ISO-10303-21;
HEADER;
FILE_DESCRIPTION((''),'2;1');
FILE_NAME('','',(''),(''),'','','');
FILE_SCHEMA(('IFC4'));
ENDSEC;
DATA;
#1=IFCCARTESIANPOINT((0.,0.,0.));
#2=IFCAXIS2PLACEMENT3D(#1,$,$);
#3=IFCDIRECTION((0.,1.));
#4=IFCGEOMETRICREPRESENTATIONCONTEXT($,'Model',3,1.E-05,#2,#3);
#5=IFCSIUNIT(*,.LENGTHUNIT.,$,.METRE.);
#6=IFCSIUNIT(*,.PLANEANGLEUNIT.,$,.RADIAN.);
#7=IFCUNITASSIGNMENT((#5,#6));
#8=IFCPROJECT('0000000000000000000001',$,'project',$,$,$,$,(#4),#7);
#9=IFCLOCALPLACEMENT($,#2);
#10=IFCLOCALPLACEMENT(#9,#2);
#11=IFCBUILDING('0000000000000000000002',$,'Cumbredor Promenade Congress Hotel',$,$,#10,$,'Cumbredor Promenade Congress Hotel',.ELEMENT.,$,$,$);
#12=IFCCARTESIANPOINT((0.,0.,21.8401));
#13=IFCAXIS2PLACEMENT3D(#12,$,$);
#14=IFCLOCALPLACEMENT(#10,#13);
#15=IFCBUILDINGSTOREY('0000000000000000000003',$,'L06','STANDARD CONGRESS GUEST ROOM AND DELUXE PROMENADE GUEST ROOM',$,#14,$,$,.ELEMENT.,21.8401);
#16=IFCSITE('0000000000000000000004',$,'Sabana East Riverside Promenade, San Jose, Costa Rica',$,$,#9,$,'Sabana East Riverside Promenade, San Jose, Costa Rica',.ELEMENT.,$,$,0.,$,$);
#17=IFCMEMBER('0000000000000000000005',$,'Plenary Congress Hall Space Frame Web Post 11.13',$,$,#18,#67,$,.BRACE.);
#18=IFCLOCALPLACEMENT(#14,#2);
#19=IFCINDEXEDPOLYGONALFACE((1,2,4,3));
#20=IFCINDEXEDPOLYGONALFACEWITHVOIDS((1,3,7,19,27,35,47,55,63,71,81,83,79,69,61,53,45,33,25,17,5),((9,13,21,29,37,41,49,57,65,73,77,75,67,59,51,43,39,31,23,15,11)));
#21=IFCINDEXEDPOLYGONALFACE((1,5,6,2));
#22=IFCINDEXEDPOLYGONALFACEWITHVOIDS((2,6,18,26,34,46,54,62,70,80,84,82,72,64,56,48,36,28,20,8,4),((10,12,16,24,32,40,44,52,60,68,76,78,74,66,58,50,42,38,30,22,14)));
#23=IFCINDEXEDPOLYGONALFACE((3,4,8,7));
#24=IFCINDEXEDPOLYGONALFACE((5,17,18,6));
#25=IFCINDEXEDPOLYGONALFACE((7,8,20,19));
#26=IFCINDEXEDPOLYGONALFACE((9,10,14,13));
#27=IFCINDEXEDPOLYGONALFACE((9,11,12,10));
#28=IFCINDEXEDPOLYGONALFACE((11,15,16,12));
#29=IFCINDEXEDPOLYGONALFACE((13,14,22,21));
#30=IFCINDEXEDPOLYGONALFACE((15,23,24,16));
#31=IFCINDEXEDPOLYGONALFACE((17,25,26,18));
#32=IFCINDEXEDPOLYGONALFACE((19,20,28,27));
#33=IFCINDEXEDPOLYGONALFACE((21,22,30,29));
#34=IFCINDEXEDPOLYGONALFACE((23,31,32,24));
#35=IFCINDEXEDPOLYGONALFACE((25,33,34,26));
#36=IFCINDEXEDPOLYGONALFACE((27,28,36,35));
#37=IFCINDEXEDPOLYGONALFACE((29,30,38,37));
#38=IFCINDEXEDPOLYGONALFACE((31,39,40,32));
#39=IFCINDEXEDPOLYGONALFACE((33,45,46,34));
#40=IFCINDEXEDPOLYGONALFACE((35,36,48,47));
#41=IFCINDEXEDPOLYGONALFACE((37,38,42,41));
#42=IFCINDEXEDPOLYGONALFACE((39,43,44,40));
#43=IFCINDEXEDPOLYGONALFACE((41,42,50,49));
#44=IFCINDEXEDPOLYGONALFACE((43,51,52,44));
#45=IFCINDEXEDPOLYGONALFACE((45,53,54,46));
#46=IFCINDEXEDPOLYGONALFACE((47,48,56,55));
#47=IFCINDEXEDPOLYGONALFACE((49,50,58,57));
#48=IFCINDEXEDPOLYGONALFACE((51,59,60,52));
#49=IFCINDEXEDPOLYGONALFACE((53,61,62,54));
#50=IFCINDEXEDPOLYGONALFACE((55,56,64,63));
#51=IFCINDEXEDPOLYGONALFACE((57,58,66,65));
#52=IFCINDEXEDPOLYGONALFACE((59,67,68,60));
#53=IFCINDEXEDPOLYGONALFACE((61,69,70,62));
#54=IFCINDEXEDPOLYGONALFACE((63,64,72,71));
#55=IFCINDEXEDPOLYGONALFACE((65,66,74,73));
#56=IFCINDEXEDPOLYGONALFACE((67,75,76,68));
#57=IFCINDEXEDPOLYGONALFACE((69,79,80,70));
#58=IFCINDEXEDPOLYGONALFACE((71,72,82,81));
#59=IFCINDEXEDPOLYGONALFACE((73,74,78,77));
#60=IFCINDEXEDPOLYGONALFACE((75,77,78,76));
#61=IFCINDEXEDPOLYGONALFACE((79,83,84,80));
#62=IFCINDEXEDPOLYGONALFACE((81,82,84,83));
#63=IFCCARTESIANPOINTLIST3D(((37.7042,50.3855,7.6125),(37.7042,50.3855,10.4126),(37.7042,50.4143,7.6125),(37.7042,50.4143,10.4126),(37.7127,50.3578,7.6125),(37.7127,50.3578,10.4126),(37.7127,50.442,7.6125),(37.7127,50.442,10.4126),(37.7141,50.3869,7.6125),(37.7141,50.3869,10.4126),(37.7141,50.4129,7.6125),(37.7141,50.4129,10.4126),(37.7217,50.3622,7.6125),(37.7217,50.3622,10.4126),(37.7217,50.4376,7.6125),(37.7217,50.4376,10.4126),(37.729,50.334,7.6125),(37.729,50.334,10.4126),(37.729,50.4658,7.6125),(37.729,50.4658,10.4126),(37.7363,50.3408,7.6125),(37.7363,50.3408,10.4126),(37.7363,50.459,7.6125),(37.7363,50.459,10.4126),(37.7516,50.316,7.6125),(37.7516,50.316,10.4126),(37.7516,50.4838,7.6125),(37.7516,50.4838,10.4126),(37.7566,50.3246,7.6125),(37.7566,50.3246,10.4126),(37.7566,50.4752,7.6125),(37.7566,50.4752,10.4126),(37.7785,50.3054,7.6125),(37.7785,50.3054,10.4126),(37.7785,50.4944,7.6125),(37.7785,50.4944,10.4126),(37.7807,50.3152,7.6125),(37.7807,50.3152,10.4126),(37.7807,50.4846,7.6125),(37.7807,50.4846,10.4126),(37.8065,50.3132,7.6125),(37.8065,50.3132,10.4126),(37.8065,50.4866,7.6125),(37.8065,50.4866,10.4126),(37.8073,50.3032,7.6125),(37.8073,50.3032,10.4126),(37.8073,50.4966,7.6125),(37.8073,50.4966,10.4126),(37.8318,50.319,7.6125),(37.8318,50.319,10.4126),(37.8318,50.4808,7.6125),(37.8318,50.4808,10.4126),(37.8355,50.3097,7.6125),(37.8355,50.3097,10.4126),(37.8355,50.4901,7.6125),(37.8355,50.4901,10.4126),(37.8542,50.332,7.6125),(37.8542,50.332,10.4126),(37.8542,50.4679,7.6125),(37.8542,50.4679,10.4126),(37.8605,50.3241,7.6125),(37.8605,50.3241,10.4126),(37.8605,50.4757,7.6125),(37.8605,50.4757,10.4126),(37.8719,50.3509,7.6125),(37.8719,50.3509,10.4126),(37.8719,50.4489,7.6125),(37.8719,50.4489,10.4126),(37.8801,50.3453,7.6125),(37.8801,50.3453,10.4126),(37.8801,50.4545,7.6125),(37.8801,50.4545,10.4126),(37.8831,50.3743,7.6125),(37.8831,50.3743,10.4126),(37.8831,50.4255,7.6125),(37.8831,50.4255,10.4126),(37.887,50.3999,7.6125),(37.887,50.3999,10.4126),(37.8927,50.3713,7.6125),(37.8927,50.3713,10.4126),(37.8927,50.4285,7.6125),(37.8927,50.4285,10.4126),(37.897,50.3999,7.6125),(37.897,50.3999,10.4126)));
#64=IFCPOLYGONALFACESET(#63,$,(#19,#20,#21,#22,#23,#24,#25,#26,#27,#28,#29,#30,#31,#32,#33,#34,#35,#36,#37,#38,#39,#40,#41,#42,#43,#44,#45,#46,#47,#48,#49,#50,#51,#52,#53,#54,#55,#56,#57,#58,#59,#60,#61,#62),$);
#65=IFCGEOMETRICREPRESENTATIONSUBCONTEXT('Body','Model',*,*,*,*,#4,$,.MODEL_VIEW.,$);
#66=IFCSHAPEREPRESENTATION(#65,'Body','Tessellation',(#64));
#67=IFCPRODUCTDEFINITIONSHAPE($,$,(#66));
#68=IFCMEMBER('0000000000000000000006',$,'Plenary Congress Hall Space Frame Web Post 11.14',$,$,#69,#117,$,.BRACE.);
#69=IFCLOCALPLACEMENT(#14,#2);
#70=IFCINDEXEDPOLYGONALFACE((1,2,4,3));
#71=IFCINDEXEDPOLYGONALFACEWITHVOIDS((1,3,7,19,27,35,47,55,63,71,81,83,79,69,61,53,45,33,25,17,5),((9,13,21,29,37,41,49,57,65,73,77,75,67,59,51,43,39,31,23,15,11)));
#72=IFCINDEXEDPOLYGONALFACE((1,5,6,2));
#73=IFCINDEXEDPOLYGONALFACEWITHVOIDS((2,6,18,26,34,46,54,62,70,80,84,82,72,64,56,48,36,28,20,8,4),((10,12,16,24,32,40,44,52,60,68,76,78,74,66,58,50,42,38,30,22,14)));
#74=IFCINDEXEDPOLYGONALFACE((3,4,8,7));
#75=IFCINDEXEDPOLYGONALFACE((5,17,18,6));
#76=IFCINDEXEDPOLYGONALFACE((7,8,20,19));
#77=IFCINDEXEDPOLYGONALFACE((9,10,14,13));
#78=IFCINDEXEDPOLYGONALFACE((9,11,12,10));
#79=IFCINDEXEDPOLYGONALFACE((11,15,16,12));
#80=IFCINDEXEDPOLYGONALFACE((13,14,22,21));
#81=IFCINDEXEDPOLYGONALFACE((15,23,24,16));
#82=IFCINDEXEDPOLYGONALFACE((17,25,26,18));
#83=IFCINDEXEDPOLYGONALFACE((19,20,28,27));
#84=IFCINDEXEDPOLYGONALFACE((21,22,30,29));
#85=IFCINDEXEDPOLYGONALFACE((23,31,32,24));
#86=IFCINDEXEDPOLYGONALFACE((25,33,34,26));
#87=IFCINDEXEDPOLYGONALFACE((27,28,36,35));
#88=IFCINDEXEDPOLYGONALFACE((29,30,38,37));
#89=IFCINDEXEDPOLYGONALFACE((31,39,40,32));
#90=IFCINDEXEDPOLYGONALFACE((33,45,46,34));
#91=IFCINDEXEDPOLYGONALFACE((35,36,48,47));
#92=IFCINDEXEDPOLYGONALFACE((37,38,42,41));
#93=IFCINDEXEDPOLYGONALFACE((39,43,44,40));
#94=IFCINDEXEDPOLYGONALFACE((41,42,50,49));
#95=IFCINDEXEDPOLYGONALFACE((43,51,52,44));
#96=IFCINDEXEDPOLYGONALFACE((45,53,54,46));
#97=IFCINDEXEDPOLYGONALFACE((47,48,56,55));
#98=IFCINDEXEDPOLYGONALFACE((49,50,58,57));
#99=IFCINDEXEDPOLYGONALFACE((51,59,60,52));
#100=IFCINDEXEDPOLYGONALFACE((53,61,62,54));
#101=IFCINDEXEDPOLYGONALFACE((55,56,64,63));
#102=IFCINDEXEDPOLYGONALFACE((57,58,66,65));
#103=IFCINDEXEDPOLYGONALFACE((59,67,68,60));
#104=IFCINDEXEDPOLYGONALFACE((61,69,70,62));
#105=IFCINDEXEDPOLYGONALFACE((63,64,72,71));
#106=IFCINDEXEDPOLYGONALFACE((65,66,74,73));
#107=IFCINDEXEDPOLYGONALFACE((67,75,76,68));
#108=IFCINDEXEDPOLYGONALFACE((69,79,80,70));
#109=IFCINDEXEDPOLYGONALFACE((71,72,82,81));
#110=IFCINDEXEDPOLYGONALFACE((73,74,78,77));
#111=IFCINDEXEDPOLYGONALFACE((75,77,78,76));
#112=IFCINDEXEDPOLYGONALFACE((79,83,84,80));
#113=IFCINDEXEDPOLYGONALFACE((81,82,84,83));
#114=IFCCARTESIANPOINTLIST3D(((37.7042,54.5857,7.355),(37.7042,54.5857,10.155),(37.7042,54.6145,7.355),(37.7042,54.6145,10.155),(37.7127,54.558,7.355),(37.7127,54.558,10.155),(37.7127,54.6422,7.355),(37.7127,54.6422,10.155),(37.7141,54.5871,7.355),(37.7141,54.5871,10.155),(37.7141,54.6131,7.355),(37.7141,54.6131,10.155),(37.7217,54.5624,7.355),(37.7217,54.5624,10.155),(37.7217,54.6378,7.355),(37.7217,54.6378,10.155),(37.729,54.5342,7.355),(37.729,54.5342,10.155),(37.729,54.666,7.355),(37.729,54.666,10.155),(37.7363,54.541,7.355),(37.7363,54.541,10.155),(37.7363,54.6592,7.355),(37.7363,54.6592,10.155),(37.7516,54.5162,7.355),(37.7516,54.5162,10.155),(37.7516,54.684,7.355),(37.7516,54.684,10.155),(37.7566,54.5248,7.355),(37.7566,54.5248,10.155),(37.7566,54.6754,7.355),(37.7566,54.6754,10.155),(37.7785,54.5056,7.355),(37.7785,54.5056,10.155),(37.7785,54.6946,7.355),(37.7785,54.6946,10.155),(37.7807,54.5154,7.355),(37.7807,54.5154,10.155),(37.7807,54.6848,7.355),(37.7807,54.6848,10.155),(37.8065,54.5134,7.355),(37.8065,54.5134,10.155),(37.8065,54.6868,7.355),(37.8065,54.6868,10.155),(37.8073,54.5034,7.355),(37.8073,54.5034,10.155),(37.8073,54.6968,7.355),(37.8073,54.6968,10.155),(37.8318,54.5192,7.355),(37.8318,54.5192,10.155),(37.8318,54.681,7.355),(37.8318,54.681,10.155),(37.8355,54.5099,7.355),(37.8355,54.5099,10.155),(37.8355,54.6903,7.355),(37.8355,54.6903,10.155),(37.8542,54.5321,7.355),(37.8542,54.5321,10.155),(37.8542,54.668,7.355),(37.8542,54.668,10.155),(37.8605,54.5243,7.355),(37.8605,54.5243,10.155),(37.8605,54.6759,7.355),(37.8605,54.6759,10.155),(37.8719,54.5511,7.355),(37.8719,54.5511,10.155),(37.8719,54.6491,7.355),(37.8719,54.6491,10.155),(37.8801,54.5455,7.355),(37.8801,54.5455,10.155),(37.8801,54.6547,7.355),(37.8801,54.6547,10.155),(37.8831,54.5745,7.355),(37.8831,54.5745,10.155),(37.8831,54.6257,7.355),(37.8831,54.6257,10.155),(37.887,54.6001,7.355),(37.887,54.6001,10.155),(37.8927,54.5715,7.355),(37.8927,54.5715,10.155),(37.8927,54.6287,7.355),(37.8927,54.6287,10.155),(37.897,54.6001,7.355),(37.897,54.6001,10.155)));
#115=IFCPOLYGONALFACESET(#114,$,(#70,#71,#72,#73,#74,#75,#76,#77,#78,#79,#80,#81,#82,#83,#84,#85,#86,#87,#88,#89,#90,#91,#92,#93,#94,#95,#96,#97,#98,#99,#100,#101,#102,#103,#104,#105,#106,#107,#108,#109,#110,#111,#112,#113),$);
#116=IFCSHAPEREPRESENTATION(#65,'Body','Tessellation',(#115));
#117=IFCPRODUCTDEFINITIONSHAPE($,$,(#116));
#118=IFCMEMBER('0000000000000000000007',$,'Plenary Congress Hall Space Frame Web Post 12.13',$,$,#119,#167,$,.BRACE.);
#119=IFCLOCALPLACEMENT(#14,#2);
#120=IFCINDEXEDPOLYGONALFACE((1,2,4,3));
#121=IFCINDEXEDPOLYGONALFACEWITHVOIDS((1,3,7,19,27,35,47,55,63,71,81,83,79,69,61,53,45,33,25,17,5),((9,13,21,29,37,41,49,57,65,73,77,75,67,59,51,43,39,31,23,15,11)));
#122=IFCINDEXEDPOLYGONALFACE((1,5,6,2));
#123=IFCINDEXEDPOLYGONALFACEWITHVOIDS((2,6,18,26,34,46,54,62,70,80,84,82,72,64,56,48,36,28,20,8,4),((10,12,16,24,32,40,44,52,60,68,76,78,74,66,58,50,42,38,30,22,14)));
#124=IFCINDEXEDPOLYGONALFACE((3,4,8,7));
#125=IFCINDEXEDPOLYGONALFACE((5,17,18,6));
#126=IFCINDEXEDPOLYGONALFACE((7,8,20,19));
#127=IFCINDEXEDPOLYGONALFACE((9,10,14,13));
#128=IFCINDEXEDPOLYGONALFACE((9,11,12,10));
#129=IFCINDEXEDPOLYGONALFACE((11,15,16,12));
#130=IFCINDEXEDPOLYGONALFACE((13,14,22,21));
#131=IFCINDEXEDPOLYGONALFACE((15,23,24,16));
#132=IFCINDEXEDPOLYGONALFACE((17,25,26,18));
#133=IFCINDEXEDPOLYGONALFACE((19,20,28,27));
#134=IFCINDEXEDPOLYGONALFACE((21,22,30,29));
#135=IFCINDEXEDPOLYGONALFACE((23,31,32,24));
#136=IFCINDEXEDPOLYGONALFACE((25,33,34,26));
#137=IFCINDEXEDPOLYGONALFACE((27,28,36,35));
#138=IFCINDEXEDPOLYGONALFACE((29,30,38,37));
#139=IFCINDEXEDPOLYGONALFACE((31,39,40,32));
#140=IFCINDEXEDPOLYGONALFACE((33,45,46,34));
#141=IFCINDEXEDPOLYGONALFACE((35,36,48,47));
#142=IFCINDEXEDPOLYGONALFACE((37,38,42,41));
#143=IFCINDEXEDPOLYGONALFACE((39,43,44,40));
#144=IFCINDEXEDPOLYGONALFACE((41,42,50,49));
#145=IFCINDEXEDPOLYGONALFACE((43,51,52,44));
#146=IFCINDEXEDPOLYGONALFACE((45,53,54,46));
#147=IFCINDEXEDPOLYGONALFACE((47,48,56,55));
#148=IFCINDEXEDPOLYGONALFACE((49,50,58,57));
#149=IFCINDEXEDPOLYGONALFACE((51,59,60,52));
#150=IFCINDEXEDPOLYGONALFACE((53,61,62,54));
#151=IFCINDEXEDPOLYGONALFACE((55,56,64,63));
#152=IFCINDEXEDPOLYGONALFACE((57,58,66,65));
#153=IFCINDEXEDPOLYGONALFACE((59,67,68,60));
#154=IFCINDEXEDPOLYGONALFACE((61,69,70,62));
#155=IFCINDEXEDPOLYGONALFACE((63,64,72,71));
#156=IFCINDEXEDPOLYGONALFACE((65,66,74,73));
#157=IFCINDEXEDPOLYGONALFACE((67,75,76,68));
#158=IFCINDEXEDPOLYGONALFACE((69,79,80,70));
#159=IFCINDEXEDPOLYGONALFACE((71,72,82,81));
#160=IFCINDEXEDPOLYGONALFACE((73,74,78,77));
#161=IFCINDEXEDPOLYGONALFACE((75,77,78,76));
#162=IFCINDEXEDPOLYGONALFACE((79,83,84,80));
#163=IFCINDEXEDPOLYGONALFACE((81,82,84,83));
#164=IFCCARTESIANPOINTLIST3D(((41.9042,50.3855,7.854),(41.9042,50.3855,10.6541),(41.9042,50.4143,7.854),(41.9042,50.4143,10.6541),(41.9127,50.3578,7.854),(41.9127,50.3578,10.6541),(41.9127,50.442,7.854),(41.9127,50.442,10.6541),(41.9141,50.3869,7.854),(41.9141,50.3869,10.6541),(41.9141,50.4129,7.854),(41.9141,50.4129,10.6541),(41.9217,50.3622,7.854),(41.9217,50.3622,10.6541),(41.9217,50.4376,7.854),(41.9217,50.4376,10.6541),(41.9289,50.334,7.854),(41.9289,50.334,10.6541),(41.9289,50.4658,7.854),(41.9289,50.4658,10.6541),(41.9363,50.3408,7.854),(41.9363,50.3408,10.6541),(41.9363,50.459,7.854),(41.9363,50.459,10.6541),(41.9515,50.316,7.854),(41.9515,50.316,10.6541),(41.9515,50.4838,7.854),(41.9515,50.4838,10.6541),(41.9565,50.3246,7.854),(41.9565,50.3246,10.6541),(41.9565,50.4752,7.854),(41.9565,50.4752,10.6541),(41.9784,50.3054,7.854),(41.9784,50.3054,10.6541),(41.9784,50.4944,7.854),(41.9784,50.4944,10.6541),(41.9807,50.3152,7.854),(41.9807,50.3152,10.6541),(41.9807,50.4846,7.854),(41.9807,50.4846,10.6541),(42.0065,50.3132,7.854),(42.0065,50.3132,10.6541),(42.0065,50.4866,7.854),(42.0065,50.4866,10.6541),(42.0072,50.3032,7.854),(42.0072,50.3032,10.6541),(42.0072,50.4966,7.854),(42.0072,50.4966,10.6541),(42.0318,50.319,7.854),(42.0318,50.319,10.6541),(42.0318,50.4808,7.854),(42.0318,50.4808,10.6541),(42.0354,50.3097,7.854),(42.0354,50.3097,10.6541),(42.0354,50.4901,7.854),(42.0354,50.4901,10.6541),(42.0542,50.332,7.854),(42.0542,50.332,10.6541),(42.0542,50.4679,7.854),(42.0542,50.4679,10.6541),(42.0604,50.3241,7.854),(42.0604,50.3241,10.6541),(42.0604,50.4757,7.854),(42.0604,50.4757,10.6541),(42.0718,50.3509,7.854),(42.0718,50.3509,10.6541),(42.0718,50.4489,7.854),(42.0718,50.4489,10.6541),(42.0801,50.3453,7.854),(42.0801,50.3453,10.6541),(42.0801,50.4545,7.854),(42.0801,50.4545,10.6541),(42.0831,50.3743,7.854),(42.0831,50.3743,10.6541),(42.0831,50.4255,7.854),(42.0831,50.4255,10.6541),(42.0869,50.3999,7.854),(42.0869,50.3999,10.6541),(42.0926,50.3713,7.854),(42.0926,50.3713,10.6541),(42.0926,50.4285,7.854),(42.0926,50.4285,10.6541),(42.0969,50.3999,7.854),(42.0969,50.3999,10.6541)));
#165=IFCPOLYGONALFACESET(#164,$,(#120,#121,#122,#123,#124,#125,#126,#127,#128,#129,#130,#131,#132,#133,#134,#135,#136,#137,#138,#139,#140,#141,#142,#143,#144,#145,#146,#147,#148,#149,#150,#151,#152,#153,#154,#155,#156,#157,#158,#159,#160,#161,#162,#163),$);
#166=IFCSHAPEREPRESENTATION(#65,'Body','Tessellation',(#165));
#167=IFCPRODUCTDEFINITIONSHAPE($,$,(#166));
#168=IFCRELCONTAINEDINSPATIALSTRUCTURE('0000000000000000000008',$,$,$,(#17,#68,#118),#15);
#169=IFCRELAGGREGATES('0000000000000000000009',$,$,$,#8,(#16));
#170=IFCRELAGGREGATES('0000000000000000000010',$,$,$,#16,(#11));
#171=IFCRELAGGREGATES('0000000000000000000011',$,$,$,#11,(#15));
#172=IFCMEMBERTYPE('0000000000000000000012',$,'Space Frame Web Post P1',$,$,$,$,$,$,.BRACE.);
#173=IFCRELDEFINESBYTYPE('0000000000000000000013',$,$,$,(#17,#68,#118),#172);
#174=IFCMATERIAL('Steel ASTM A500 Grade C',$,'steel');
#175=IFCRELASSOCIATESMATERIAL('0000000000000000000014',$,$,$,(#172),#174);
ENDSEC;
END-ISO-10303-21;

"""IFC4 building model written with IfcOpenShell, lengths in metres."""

from ifc_helpers import new_model, si_unit, direction, frame, origin, origin_2d, place, context, subcontext, project, spatial, hollow_circle, extrude, material, material_profile, profile_set, type_object, element, save


model = new_model("IFC4")

# Units and contexts
model_context = context("Model", 3, precision=1e-05, world=origin(), true_north=direction((0.0, 1.0)))
body_context = subcontext(model_context, "Body", "Model", "MODEL_VIEW")
ifc_project = project(units=[si_unit("LENGTHUNIT", "METRE"), si_unit("PLANEANGLEUNIT", "RADIAN")], contexts=[model_context])

# Site, building, storey
site_placement = place(None, origin())
site = spatial("IfcSite", under=ifc_project, at=site_placement, Name="Sabana East Riverside Promenade, San Jose, Costa Rica", LongName="Sabana East Riverside Promenade, San Jose, Costa Rica", CompositionType="ELEMENT", RefElevation=0.0)
building_placement = place(site_placement, origin())
building = spatial("IfcBuilding", under=site, at=building_placement, Name="Cumbredor Promenade Congress Hotel", LongName="Cumbredor Promenade Congress Hotel", CompositionType="ELEMENT")
storey_placement = place(building_placement, frame((0.0, 0.0, 21.8401)))
storey = spatial("IfcBuildingStorey", under=building, at=storey_placement, Name="L06", Description="STANDARD CONGRESS GUEST ROOM AND DELUXE PROMENADE GUEST ROOM", CompositionType="ELEMENT", Elevation=21.8401)

# Members
ifc_material_1 = material(Name="Steel ASTM A500 Grade C", Category="steel")
ifc_material_profile_1 = material_profile(ifc_material_1, hollow_circle(Radius=0.0969, WallThickness=0.01, at=origin_2d()), Name="CHS 193.7x10")
ifc_profile_set_1 = profile_set([ifc_material_profile_1], Name="Steel ASTM A500 Grade C")
member_type_1 = type_object("IfcMemberType", Name="Space Frame Web Post P1", PredefinedType="BRACE", material=ifc_profile_set_1)
for number, where, z_axis, x_axis, name in (
    (1, (37.8, 50.3999, 7.6125), (0.0, 0.0, 1.0), (1.0, 0.0, 0.0), "Plenary Congress Hall Space Frame Web Post 11.13"),
    (2, (37.8, 54.6001, 7.355), (0.0, 0.0, 1.0), (1.0, 0.0, 0.0), "Plenary Congress Hall Space Frame Web Post 11.14"),
    (3, (42.0, 50.3999, 7.854), (0.0, 0.0, 1.0), (1.0, 0.0, 0.0), "Plenary Congress Hall Space Frame Web Post 12.13"),
):
    element("IfcMember", number, at=place(storey_placement, frame(where, z_axis=z_axis, x_axis=x_axis)), inside=storey, type_object=member_type_1, Name=name, PredefinedType="BRACE", context=body_context, shape_type="SweptSolid", body=[
        extrude(hollow_circle(Radius=0.0969, WallThickness=0.01, at=origin_2d()), origin(), (0.0, 0.0, 1.0), 2.8),
    ])

save(model, "model.ifc")
